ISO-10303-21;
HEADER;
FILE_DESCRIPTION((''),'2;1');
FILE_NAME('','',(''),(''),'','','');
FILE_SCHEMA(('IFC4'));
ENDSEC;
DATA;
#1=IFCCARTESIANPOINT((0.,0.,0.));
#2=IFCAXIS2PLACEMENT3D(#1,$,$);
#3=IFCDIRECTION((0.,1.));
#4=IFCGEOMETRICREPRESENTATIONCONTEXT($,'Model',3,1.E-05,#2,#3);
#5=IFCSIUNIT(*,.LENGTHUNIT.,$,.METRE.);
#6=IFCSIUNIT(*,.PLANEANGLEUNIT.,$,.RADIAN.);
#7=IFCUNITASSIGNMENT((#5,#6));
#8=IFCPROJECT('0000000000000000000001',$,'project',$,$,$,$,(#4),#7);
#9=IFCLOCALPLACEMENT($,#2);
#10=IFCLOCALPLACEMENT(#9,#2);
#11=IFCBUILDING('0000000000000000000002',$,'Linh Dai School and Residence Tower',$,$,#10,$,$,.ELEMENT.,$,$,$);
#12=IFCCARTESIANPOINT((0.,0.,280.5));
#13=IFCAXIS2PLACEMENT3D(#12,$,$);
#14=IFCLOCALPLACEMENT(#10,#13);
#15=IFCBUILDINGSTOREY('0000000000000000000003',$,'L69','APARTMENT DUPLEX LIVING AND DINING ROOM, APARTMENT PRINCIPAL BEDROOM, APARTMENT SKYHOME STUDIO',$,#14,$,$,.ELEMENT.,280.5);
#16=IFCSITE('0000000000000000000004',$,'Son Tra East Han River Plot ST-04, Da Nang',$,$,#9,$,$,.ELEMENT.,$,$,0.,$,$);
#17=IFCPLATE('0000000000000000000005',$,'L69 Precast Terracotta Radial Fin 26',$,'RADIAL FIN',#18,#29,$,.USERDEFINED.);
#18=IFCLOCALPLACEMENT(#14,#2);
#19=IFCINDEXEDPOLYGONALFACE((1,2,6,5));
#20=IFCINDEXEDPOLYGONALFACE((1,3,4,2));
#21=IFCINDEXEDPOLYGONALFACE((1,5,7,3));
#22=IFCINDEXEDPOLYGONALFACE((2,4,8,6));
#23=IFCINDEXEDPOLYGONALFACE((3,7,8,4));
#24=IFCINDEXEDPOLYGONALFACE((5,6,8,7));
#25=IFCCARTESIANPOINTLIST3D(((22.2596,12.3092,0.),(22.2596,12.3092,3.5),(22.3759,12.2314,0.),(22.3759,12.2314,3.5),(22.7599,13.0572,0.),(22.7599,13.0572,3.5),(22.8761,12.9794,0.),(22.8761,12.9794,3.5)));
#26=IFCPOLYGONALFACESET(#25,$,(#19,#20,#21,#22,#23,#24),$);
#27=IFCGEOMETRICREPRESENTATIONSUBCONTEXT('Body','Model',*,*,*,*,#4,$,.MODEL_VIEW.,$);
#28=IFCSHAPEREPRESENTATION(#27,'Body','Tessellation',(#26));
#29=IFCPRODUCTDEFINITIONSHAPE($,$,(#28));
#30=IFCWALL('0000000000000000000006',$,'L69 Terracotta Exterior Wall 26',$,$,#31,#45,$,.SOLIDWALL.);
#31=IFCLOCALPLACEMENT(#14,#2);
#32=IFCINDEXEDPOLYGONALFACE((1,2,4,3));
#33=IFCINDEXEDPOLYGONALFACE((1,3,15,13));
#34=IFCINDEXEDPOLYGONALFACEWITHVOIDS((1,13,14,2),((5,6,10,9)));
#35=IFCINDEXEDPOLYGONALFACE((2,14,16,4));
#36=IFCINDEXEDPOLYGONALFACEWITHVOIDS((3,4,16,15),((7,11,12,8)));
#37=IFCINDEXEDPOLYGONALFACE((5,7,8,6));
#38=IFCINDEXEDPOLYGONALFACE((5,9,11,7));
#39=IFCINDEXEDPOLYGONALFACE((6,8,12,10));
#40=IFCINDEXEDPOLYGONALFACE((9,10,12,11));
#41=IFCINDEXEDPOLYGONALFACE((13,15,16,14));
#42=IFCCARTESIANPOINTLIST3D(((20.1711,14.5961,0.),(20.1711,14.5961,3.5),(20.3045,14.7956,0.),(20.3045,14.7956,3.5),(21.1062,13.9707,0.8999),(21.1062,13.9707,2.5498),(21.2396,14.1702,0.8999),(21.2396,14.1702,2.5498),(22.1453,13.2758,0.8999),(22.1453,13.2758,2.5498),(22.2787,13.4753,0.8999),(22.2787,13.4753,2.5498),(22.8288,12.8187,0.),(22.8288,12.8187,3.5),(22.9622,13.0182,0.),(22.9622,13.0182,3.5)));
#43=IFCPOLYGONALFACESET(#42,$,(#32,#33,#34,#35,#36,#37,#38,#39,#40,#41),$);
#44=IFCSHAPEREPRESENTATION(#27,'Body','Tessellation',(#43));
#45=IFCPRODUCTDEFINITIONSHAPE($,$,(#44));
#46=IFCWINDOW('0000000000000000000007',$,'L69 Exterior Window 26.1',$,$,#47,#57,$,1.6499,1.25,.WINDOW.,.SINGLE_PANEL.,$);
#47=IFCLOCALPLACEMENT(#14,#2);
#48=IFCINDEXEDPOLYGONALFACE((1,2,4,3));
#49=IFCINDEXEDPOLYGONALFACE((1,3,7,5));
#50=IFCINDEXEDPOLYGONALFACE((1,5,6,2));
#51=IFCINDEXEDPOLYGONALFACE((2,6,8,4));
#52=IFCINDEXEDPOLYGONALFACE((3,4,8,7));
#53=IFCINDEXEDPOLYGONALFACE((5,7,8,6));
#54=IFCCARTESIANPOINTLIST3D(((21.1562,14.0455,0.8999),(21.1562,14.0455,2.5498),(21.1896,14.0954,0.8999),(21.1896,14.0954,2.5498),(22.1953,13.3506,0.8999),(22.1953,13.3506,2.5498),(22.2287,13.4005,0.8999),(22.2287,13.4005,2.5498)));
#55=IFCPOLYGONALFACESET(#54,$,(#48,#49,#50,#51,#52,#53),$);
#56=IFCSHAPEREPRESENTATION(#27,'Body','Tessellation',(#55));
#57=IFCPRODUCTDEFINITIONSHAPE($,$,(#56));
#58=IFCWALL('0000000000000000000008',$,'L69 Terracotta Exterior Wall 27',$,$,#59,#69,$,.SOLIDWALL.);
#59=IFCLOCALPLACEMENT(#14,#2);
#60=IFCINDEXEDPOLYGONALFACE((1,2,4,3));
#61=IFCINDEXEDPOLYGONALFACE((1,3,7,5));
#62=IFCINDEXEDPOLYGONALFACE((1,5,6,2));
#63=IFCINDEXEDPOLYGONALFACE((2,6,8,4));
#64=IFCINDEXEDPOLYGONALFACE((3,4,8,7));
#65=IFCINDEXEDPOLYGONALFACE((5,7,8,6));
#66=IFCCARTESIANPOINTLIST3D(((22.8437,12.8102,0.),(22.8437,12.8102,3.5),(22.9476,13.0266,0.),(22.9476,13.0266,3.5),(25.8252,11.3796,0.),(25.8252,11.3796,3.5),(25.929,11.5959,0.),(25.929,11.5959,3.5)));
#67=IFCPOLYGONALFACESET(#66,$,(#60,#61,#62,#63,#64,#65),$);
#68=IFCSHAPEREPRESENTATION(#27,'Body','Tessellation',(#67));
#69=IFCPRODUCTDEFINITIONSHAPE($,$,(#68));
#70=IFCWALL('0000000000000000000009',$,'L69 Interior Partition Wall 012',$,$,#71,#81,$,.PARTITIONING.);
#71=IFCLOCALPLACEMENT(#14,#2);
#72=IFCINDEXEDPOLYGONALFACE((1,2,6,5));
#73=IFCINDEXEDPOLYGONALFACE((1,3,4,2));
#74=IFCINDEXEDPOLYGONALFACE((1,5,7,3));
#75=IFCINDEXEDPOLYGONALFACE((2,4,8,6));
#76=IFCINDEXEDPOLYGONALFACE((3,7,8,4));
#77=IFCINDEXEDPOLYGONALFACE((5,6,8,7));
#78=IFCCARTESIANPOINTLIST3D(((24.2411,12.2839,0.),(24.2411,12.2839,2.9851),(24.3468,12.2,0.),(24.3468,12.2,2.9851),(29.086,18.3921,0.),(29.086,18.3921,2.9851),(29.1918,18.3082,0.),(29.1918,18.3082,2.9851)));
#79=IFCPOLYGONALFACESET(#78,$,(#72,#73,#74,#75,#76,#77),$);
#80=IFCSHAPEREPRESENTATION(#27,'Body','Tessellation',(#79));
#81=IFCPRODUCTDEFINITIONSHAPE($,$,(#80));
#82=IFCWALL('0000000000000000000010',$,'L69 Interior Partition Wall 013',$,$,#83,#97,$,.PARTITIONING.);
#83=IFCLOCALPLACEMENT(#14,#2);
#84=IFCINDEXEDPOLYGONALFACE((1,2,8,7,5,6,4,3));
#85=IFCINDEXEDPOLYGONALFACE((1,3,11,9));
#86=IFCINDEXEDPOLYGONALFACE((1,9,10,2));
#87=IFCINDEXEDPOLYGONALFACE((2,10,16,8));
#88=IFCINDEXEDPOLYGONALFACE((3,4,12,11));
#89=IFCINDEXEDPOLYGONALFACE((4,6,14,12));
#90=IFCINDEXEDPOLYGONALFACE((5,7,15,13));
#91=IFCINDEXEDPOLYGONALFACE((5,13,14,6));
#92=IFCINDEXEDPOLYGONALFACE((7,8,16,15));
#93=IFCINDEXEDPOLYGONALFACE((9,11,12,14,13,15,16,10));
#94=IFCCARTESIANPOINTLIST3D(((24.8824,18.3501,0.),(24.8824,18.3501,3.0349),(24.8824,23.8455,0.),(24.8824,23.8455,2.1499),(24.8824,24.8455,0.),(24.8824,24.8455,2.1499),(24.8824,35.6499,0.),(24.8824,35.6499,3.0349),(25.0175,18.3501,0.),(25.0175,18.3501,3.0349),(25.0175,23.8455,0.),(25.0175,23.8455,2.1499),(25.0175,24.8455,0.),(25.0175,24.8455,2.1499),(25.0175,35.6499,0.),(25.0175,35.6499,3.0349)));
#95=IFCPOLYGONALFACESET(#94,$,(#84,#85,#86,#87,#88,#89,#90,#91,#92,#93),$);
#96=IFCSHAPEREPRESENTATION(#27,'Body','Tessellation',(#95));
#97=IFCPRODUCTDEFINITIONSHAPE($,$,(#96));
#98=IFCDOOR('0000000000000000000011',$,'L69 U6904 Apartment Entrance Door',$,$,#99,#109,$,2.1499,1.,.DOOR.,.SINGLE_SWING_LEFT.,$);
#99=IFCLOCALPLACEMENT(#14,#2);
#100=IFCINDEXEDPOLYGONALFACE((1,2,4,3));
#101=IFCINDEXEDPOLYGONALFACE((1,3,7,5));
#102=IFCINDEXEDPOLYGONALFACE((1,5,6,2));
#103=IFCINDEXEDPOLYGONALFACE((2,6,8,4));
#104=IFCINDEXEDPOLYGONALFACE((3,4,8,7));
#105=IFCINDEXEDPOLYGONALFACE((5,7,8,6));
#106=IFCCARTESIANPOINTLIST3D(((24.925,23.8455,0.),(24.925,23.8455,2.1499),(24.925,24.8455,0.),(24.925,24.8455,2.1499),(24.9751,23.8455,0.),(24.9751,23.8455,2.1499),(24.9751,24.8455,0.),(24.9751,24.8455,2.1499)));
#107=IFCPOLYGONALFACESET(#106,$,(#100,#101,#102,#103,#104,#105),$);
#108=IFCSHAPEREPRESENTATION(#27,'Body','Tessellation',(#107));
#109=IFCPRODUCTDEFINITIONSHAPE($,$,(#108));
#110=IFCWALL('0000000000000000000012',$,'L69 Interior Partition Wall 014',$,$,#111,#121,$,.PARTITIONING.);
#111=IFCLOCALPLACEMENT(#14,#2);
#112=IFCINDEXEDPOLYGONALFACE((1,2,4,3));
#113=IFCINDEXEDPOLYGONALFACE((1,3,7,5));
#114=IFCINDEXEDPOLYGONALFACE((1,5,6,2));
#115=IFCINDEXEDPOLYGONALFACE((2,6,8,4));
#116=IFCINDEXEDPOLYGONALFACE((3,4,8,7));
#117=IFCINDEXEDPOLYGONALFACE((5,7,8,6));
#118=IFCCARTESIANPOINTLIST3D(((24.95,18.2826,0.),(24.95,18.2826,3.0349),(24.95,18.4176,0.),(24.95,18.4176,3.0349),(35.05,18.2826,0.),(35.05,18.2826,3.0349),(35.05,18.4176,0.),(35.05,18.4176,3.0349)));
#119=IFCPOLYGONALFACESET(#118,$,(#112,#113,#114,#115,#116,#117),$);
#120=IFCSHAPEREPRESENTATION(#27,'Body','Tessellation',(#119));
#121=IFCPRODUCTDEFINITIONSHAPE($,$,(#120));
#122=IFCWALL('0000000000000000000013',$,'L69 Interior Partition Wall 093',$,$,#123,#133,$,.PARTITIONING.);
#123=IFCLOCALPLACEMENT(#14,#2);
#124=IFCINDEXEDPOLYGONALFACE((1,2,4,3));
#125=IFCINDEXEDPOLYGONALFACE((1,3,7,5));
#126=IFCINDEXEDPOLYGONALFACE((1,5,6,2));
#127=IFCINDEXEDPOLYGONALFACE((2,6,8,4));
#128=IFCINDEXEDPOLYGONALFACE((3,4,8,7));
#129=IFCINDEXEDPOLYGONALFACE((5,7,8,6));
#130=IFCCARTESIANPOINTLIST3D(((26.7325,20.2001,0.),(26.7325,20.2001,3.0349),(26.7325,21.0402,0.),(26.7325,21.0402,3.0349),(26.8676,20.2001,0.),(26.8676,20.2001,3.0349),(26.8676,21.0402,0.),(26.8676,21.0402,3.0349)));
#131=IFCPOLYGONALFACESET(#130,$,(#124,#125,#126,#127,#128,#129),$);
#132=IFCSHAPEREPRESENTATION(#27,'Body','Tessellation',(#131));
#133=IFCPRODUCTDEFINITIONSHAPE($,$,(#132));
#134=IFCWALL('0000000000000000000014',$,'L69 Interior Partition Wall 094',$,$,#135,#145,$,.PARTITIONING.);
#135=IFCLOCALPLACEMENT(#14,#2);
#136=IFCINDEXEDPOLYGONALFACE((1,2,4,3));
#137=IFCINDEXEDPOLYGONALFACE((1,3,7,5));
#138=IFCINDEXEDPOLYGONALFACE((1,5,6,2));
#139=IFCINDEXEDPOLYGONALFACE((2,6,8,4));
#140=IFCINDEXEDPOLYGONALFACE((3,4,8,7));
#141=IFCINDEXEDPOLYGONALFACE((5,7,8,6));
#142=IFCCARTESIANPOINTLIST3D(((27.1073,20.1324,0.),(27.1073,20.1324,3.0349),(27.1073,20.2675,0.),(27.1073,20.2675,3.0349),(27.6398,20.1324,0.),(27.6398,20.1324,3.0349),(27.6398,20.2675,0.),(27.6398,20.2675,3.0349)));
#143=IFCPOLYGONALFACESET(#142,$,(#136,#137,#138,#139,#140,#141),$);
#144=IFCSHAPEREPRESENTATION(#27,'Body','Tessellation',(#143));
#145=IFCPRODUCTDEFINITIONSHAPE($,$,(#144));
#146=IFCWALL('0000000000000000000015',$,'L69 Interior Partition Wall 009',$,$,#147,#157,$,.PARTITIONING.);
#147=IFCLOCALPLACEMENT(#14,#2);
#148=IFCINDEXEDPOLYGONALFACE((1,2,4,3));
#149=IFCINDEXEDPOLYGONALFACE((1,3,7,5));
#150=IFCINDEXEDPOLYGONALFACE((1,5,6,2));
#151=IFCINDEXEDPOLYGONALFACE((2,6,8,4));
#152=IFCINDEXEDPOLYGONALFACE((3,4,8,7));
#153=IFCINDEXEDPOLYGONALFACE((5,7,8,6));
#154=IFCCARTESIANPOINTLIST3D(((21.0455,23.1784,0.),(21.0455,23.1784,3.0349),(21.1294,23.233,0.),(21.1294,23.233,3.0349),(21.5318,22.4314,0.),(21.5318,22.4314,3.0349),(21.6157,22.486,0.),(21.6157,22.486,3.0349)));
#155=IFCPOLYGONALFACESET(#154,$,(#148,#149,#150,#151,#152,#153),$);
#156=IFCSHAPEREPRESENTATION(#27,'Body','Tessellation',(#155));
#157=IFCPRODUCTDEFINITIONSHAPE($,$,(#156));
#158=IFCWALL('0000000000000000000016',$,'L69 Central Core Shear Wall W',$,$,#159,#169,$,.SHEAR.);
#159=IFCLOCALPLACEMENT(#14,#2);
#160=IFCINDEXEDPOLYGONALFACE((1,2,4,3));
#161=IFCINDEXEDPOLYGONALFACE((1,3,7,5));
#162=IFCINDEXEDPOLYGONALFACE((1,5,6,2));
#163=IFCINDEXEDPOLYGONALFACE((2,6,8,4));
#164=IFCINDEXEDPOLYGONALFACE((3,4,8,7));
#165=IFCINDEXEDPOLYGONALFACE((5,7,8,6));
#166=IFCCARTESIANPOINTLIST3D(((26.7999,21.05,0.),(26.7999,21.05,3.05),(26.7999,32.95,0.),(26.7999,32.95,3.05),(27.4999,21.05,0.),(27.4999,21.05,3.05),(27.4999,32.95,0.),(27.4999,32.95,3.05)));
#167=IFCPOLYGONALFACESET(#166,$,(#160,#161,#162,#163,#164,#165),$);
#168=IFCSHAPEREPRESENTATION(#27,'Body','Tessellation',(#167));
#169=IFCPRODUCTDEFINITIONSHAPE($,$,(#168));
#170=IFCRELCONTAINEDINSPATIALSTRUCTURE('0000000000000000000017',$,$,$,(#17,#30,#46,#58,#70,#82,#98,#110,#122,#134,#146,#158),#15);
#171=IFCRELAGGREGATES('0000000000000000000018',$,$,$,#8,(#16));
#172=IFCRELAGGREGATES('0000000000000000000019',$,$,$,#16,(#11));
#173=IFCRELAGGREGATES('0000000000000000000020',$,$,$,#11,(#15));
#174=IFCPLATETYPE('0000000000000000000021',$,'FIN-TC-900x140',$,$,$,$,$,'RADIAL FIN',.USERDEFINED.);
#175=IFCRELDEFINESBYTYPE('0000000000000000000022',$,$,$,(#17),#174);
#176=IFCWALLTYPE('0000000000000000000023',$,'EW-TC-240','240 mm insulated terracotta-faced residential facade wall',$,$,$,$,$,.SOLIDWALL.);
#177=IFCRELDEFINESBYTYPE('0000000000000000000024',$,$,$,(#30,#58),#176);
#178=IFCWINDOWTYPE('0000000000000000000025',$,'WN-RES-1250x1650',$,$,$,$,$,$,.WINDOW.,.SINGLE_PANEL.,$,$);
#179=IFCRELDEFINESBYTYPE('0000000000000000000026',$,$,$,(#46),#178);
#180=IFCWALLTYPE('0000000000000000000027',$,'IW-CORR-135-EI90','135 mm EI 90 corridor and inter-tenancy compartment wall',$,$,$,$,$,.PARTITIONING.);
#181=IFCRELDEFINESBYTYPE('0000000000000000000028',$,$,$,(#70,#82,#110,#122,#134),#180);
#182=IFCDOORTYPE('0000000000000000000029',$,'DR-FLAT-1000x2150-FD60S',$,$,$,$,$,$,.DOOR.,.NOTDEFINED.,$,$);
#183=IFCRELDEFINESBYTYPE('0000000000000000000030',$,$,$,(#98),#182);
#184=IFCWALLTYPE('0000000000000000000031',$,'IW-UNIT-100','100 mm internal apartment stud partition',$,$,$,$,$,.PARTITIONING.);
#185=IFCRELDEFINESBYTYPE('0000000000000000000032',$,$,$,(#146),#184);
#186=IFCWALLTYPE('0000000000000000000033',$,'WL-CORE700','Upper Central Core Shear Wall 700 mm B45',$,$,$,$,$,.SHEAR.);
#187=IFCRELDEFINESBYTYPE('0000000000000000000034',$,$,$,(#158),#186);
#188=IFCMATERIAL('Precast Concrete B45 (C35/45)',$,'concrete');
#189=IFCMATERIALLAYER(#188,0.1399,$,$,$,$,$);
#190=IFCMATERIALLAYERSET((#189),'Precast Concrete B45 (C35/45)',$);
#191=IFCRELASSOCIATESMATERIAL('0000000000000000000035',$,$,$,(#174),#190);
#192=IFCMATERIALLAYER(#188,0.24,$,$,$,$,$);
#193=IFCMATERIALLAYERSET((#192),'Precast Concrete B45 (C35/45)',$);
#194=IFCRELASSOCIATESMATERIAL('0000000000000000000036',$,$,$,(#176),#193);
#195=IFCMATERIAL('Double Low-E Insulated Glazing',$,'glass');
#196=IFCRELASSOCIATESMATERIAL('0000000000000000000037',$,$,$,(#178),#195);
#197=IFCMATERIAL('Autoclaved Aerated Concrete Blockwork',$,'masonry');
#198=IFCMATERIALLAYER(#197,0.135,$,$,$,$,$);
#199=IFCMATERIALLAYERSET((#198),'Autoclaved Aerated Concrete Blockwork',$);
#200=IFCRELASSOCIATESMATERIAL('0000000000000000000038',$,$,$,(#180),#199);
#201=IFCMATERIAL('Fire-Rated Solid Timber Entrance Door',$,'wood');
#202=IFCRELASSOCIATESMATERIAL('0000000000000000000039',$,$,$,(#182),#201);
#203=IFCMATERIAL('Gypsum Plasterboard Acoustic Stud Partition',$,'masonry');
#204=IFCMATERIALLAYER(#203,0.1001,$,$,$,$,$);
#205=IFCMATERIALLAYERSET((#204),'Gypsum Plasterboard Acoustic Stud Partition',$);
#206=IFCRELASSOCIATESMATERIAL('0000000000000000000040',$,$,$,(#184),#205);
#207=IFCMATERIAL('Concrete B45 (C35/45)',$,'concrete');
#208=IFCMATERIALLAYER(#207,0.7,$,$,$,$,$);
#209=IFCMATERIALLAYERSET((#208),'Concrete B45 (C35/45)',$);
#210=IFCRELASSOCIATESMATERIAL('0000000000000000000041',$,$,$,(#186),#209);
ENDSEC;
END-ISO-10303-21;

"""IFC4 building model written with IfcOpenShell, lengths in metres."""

from ifc_helpers import new_model, si_unit, direction, frame, frame_2d, origin, origin_2d, place, context, subcontext, project, spatial, rectangle, extrude, source, transform, mapped, material, layer, layer_set, type_object, element, fill, save


model = new_model("IFC4")

# Units and contexts
model_context = context("Model", 3, precision=1e-05, world=origin(), true_north=direction((0.0, 1.0)))
body_context = subcontext(model_context, "Body", "Model", "MODEL_VIEW")
ifc_project = project(units=[si_unit("LENGTHUNIT", "METRE"), si_unit("PLANEANGLEUNIT", "RADIAN")], contexts=[model_context])

# Site, building, storey
site_placement = place(None, origin())
site = spatial("IfcSite", under=ifc_project, at=site_placement, Name="Son Tra East Han River Plot ST-04, Da Nang", CompositionType="ELEMENT", RefElevation=0.0)
building_placement = place(site_placement, origin())
building = spatial("IfcBuilding", under=site, at=building_placement, Name="Linh Dai School and Residence Tower", CompositionType="ELEMENT")
storey_placement = place(building_placement, frame((0.0, 0.0, 280.5)))
storey = spatial("IfcBuildingStorey", under=building, at=storey_placement, Name="L69", Description="APARTMENT DUPLEX LIVING AND DINING ROOM, APARTMENT PRINCIPAL BEDROOM, APARTMENT SKYHOME STUDIO", CompositionType="ELEMENT", Elevation=280.5)

# Shared definitions
ifc_material_1 = material(Name="Concrete B45 (C35/45)", Category="concrete")

# Plate
ifc_material_2 = material(Name="Precast Concrete B45 (C35/45)", Category="concrete")
ifc_layer_1 = layer(ifc_material_2, 0.1399)
ifc_layer_set_1 = layer_set([ifc_layer_1], Name="Precast Concrete B45 (C35/45)")
plate_type = type_object("IfcPlateType", Name="FIN-TC-900x140", ElementType="RADIAL FIN", PredefinedType="USERDEFINED", material=ifc_layer_set_1)
shared_shape_1 = source(origin(), body_context, "Body", "SweptSolid", [
    extrude(rectangle(XDim=0.8999, YDim=0.1399, at=origin_2d()), origin(), (0.0, 0.0, 1.0), 3.5),
])
plate_placement = place(storey_placement, frame((22.5679, 12.6443, 0.0), z_axis=(0.0, 0.0, 1.0), x_axis=(-0.555906, -0.831245, 0.0)))
element("IfcPlate", 1, at=plate_placement, inside=storey, type_object=plate_type, Name="L69 Precast Terracotta Radial Fin 26", ObjectType="RADIAL FIN", PredefinedType="USERDEFINED", context=body_context, shape_type="MappedRepresentation", body=[
    mapped(shared_shape_1, transform((0.0, 0.0, 0.0), x_axis=(1.0, 0.0, 0.0), y_axis=(0.0, 1.0, 0.0), z_axis=(0.0, 0.0, 1.0), scale=1.0)),
])

# Wall, opening, window
ifc_layer_2 = layer(ifc_material_2, 0.24)
ifc_layer_set_2 = layer_set([ifc_layer_2], Name="Precast Concrete B45 (C35/45)")
wall_type_1 = type_object("IfcWallType", Name="EW-TC-240", Description="240 mm insulated terracotta-faced residential facade wall", PredefinedType="SOLIDWALL", material=ifc_layer_set_2)
wall_1_placement = place(storey_placement, frame((22.8955, 12.9185, 0.0), z_axis=(0.0, 0.0, 1.0), x_axis=(-0.831251, 0.555898, 0.0)))
wall_1 = element("IfcWall", 2, at=wall_1_placement, inside=storey, type_object=wall_type_1, Name="L69 Terracotta Exterior Wall 26", PredefinedType="SOLIDWALL", context=body_context, shape_type="SweptSolid", body=[
    extrude(rectangle(XDim=3.1973, YDim=0.24, at=frame_2d((1.5986, 0.0))), origin(), (0.0, 0.0, 1.0), 3.5),
])
opening_1_placement = place(wall_1_placement, frame((0.8223, 0.0, 0.8999)))
opening_1 = element("IfcOpeningElement", 3, at=opening_1_placement, cuts=wall_1, PredefinedType="OPENING", context=body_context, shape_type="SweptSolid", body=[
    extrude(rectangle(XDim=1.25, YDim=1.6499, at=origin_2d()), frame((0.625, 0.1299, 0.825), z_axis=(0.0, -1.0, 0.0), x_axis=(1.0, 0.0, 0.0)), (0.0, 0.0, 1.0), 0.26),
])
ifc_material_3 = material(Name="Double Low-E Insulated Glazing", Category="glass")
window_type = type_object("IfcWindowType", Name="WN-RES-1250x1650", PartitioningType="SINGLE_PANEL", PredefinedType="WINDOW", material=ifc_material_3)
shared_shape_2 = source(origin(), body_context, "Body", "SweptSolid", [
    extrude(rectangle(XDim=1.25, YDim=1.6499, at=origin_2d()), frame((0.625, 0.03, 0.825), z_axis=(0.0, -1.0, 0.0), x_axis=(1.0, 0.0, 0.0)), (0.0, 0.0, 1.0), 0.0601),
])
window_placement = place(opening_1_placement, origin())
window = element("IfcWindow", 4, at=window_placement, inside=storey, type_object=window_type, Name="L69 Exterior Window 26.1", OverallHeight=1.6499, OverallWidth=1.25, PartitioningType="SINGLE_PANEL", PredefinedType="WINDOW", context=body_context, shape_type="MappedRepresentation", body=[
    mapped(shared_shape_2, transform((0.0, 0.0, 0.0), x_axis=(1.0, 0.0, 0.0), y_axis=(0.0, 1.0, 0.0), z_axis=(0.0, 0.0, 1.0), scale=1.0)),
])
fill(opening_1, window)

# Walls
wall_2_placement = place(storey_placement, frame((25.877, 11.4878, 0.0), z_axis=(0.0, 0.0, 1.0), x_axis=(-0.901574, 0.432625, 0.0)))
element("IfcWall", 5, at=wall_2_placement, inside=storey, type_object=wall_type_1, Name="L69 Terracotta Exterior Wall 27", PredefinedType="SOLIDWALL", context=body_context, shape_type="SweptSolid", body=[
    extrude(rectangle(XDim=3.3069, YDim=0.24, at=frame_2d((1.6533, 0.0))), origin(), (0.0, 0.0, 1.0), 3.5),
])
ifc_material_4 = material(Name="Autoclaved Aerated Concrete Blockwork", Category="masonry")
ifc_layer_3 = layer(ifc_material_4, 0.135)
ifc_layer_set_3 = layer_set([ifc_layer_3], Name="Autoclaved Aerated Concrete Blockwork")
wall_type_2 = type_object("IfcWallType", Name="IW-CORR-135-EI90", Description="135 mm EI 90 corridor and inter-tenancy compartment wall", PredefinedType="PARTITIONING", material=ifc_layer_set_3)
wall_3_placement = place(storey_placement, frame((24.2939, 12.2419, 0.0), z_axis=(0.0, 0.0, 1.0), x_axis=(0.62144, 0.783462, 0.0)))
element("IfcWall", 6, at=wall_3_placement, inside=storey, type_object=wall_type_2, Name="L69 Interior Partition Wall 012", PredefinedType="PARTITIONING", context=body_context, shape_type="SweptSolid", body=[
    extrude(rectangle(XDim=7.7964, YDim=0.135, at=frame_2d((3.8982, 0.0))), origin(), (0.0, 0.0, 1.0), 2.9851),
])

# Wall, opening, door
wall_4_placement = place(storey_placement, frame((24.95, 18.3501, 0.0), z_axis=(0.0, 0.0, 1.0), x_axis=(0.0, 1.0, 0.0)))
wall_4 = element("IfcWall", 7, at=wall_4_placement, inside=storey, type_object=wall_type_2, Name="L69 Interior Partition Wall 013", PredefinedType="PARTITIONING", context=body_context, shape_type="SweptSolid", body=[
    extrude(rectangle(XDim=17.2998, YDim=0.135, at=frame_2d((8.6499, 0.0))), origin(), (0.0, 0.0, 1.0), 3.0349),
])
opening_2_placement = place(wall_4_placement, frame((5.4954, 0.0, 0.0)))
opening_2 = element("IfcOpeningElement", 8, at=opening_2_placement, cuts=wall_4, PredefinedType="OPENING", context=body_context, shape_type="SweptSolid", body=[
    extrude(rectangle(XDim=1.0, YDim=2.1499, at=origin_2d()), frame((0.5, 0.0776, 1.075), z_axis=(0.0, -1.0, 0.0), x_axis=(1.0, 0.0, 0.0)), (0.0, 0.0, 1.0), 0.155),
])
ifc_material_5 = material(Name="Fire-Rated Solid Timber Entrance Door", Category="wood")
door_type = type_object("IfcDoorType", Name="DR-FLAT-1000x2150-FD60S", OperationType="NOTDEFINED", PredefinedType="DOOR", material=ifc_material_5)
shared_shape_3 = source(origin(), body_context, "Body", "SweptSolid", [
    extrude(rectangle(XDim=1.0, YDim=2.1499, at=origin_2d()), frame((0.5, 0.0249, 1.075), z_axis=(0.0, -1.0, 0.0), x_axis=(1.0, 0.0, 0.0)), (0.0, 0.0, 1.0), 0.05),
])
door_placement = place(opening_2_placement, origin())
door = element("IfcDoor", 9, at=door_placement, inside=storey, type_object=door_type, Name="L69 U6904 Apartment Entrance Door", OperationType="SINGLE_SWING_LEFT", OverallHeight=2.1499, OverallWidth=1.0, PredefinedType="DOOR", context=body_context, shape_type="MappedRepresentation", body=[
    mapped(shared_shape_3, transform((0.0, 0.0, 0.0), x_axis=(1.0, 0.0, 0.0), y_axis=(0.0, 1.0, 0.0), z_axis=(0.0, 0.0, 1.0), scale=1.0)),
])
fill(opening_2, door)

# Walls
wall_5_placement = place(storey_placement, frame((24.95, 18.3501, 0.0), z_axis=(0.0, 0.0, 1.0), x_axis=(1.0, 0.0, 0.0)))
element("IfcWall", 10, at=wall_5_placement, inside=storey, type_object=wall_type_2, Name="L69 Interior Partition Wall 014", PredefinedType="PARTITIONING", context=body_context, shape_type="SweptSolid", body=[
    extrude(rectangle(XDim=10.1001, YDim=0.135, at=frame_2d((5.05, 0.0))), origin(), (0.0, 0.0, 1.0), 3.0349),
])
wall_6_placement = place(storey_placement, frame((26.8, 21.04, 0.0), z_axis=(0.0, 0.0, 1.0), x_axis=(0.0, -1.0, 0.0)))
element("IfcWall", 11, at=wall_6_placement, inside=storey, type_object=wall_type_2, Name="L69 Interior Partition Wall 093", PredefinedType="PARTITIONING", context=body_context, shape_type="SweptSolid", body=[
    extrude(rectangle(XDim=0.8401, YDim=0.135, at=frame_2d((0.4199, 0.0))), origin(), (0.0, 0.0, 1.0), 3.0349),
])
wall_7_placement = place(storey_placement, frame((27.1074, 20.2, 0.0), z_axis=(0.0, 0.0, 1.0), x_axis=(1.0, 0.0, 0.0)))
element("IfcWall", 12, at=wall_7_placement, inside=storey, type_object=wall_type_2, Name="L69 Interior Partition Wall 094", PredefinedType="PARTITIONING", context=body_context, shape_type="SweptSolid", body=[
    extrude(rectangle(XDim=0.5325, YDim=0.135, at=frame_2d((0.2661, 0.0))), origin(), (0.0, 0.0, 1.0), 3.0349),
])
ifc_material_6 = material(Name="Gypsum Plasterboard Acoustic Stud Partition", Category="masonry")
ifc_layer_4 = layer(ifc_material_6, 0.1001)
ifc_layer_set_4 = layer_set([ifc_layer_4], Name="Gypsum Plasterboard Acoustic Stud Partition")
wall_type_3 = type_object("IfcWallType", Name="IW-UNIT-100", Description="100 mm internal apartment stud partition", PredefinedType="PARTITIONING", material=ifc_layer_set_4)
wall_8_placement = place(storey_placement, frame((21.0874, 23.2058, 0.0), z_axis=(0.0, 0.0, 1.0), x_axis=(0.545566, -0.838068, 0.0)))
element("IfcWall", 13, at=wall_8_placement, inside=storey, type_object=wall_type_3, Name="L69 Interior Partition Wall 009", PredefinedType="PARTITIONING", context=body_context, shape_type="SweptSolid", body=[
    extrude(rectangle(XDim=0.8914, YDim=0.1001, at=frame_2d((0.4458, 0.0))), origin(), (0.0, 0.0, 1.0), 3.0349),
])
ifc_layer_5 = layer(ifc_material_1, 0.7)
ifc_layer_set_5 = layer_set([ifc_layer_5], Name="Concrete B45 (C35/45)")
wall_type_4 = type_object("IfcWallType", Name="WL-CORE700", Description="Upper Central Core Shear Wall 700 mm B45", PredefinedType="SHEAR", material=ifc_layer_set_5)
wall_9_placement = place(storey_placement, frame((27.1499, 21.05, 0.0), z_axis=(0.0, 0.0, 1.0), x_axis=(0.0, 1.0, 0.0)))
element("IfcWall", 14, at=wall_9_placement, inside=storey, type_object=wall_type_4, Name="L69 Central Core Shear Wall W", PredefinedType="SHEAR", context=body_context, shape_type="SweptSolid", body=[
    extrude(rectangle(XDim=11.8999, YDim=0.7, at=frame_2d((5.95, 0.0))), origin(), (0.0, 0.0, 1.0), 3.05),
])

save(model, "model.ifc")
